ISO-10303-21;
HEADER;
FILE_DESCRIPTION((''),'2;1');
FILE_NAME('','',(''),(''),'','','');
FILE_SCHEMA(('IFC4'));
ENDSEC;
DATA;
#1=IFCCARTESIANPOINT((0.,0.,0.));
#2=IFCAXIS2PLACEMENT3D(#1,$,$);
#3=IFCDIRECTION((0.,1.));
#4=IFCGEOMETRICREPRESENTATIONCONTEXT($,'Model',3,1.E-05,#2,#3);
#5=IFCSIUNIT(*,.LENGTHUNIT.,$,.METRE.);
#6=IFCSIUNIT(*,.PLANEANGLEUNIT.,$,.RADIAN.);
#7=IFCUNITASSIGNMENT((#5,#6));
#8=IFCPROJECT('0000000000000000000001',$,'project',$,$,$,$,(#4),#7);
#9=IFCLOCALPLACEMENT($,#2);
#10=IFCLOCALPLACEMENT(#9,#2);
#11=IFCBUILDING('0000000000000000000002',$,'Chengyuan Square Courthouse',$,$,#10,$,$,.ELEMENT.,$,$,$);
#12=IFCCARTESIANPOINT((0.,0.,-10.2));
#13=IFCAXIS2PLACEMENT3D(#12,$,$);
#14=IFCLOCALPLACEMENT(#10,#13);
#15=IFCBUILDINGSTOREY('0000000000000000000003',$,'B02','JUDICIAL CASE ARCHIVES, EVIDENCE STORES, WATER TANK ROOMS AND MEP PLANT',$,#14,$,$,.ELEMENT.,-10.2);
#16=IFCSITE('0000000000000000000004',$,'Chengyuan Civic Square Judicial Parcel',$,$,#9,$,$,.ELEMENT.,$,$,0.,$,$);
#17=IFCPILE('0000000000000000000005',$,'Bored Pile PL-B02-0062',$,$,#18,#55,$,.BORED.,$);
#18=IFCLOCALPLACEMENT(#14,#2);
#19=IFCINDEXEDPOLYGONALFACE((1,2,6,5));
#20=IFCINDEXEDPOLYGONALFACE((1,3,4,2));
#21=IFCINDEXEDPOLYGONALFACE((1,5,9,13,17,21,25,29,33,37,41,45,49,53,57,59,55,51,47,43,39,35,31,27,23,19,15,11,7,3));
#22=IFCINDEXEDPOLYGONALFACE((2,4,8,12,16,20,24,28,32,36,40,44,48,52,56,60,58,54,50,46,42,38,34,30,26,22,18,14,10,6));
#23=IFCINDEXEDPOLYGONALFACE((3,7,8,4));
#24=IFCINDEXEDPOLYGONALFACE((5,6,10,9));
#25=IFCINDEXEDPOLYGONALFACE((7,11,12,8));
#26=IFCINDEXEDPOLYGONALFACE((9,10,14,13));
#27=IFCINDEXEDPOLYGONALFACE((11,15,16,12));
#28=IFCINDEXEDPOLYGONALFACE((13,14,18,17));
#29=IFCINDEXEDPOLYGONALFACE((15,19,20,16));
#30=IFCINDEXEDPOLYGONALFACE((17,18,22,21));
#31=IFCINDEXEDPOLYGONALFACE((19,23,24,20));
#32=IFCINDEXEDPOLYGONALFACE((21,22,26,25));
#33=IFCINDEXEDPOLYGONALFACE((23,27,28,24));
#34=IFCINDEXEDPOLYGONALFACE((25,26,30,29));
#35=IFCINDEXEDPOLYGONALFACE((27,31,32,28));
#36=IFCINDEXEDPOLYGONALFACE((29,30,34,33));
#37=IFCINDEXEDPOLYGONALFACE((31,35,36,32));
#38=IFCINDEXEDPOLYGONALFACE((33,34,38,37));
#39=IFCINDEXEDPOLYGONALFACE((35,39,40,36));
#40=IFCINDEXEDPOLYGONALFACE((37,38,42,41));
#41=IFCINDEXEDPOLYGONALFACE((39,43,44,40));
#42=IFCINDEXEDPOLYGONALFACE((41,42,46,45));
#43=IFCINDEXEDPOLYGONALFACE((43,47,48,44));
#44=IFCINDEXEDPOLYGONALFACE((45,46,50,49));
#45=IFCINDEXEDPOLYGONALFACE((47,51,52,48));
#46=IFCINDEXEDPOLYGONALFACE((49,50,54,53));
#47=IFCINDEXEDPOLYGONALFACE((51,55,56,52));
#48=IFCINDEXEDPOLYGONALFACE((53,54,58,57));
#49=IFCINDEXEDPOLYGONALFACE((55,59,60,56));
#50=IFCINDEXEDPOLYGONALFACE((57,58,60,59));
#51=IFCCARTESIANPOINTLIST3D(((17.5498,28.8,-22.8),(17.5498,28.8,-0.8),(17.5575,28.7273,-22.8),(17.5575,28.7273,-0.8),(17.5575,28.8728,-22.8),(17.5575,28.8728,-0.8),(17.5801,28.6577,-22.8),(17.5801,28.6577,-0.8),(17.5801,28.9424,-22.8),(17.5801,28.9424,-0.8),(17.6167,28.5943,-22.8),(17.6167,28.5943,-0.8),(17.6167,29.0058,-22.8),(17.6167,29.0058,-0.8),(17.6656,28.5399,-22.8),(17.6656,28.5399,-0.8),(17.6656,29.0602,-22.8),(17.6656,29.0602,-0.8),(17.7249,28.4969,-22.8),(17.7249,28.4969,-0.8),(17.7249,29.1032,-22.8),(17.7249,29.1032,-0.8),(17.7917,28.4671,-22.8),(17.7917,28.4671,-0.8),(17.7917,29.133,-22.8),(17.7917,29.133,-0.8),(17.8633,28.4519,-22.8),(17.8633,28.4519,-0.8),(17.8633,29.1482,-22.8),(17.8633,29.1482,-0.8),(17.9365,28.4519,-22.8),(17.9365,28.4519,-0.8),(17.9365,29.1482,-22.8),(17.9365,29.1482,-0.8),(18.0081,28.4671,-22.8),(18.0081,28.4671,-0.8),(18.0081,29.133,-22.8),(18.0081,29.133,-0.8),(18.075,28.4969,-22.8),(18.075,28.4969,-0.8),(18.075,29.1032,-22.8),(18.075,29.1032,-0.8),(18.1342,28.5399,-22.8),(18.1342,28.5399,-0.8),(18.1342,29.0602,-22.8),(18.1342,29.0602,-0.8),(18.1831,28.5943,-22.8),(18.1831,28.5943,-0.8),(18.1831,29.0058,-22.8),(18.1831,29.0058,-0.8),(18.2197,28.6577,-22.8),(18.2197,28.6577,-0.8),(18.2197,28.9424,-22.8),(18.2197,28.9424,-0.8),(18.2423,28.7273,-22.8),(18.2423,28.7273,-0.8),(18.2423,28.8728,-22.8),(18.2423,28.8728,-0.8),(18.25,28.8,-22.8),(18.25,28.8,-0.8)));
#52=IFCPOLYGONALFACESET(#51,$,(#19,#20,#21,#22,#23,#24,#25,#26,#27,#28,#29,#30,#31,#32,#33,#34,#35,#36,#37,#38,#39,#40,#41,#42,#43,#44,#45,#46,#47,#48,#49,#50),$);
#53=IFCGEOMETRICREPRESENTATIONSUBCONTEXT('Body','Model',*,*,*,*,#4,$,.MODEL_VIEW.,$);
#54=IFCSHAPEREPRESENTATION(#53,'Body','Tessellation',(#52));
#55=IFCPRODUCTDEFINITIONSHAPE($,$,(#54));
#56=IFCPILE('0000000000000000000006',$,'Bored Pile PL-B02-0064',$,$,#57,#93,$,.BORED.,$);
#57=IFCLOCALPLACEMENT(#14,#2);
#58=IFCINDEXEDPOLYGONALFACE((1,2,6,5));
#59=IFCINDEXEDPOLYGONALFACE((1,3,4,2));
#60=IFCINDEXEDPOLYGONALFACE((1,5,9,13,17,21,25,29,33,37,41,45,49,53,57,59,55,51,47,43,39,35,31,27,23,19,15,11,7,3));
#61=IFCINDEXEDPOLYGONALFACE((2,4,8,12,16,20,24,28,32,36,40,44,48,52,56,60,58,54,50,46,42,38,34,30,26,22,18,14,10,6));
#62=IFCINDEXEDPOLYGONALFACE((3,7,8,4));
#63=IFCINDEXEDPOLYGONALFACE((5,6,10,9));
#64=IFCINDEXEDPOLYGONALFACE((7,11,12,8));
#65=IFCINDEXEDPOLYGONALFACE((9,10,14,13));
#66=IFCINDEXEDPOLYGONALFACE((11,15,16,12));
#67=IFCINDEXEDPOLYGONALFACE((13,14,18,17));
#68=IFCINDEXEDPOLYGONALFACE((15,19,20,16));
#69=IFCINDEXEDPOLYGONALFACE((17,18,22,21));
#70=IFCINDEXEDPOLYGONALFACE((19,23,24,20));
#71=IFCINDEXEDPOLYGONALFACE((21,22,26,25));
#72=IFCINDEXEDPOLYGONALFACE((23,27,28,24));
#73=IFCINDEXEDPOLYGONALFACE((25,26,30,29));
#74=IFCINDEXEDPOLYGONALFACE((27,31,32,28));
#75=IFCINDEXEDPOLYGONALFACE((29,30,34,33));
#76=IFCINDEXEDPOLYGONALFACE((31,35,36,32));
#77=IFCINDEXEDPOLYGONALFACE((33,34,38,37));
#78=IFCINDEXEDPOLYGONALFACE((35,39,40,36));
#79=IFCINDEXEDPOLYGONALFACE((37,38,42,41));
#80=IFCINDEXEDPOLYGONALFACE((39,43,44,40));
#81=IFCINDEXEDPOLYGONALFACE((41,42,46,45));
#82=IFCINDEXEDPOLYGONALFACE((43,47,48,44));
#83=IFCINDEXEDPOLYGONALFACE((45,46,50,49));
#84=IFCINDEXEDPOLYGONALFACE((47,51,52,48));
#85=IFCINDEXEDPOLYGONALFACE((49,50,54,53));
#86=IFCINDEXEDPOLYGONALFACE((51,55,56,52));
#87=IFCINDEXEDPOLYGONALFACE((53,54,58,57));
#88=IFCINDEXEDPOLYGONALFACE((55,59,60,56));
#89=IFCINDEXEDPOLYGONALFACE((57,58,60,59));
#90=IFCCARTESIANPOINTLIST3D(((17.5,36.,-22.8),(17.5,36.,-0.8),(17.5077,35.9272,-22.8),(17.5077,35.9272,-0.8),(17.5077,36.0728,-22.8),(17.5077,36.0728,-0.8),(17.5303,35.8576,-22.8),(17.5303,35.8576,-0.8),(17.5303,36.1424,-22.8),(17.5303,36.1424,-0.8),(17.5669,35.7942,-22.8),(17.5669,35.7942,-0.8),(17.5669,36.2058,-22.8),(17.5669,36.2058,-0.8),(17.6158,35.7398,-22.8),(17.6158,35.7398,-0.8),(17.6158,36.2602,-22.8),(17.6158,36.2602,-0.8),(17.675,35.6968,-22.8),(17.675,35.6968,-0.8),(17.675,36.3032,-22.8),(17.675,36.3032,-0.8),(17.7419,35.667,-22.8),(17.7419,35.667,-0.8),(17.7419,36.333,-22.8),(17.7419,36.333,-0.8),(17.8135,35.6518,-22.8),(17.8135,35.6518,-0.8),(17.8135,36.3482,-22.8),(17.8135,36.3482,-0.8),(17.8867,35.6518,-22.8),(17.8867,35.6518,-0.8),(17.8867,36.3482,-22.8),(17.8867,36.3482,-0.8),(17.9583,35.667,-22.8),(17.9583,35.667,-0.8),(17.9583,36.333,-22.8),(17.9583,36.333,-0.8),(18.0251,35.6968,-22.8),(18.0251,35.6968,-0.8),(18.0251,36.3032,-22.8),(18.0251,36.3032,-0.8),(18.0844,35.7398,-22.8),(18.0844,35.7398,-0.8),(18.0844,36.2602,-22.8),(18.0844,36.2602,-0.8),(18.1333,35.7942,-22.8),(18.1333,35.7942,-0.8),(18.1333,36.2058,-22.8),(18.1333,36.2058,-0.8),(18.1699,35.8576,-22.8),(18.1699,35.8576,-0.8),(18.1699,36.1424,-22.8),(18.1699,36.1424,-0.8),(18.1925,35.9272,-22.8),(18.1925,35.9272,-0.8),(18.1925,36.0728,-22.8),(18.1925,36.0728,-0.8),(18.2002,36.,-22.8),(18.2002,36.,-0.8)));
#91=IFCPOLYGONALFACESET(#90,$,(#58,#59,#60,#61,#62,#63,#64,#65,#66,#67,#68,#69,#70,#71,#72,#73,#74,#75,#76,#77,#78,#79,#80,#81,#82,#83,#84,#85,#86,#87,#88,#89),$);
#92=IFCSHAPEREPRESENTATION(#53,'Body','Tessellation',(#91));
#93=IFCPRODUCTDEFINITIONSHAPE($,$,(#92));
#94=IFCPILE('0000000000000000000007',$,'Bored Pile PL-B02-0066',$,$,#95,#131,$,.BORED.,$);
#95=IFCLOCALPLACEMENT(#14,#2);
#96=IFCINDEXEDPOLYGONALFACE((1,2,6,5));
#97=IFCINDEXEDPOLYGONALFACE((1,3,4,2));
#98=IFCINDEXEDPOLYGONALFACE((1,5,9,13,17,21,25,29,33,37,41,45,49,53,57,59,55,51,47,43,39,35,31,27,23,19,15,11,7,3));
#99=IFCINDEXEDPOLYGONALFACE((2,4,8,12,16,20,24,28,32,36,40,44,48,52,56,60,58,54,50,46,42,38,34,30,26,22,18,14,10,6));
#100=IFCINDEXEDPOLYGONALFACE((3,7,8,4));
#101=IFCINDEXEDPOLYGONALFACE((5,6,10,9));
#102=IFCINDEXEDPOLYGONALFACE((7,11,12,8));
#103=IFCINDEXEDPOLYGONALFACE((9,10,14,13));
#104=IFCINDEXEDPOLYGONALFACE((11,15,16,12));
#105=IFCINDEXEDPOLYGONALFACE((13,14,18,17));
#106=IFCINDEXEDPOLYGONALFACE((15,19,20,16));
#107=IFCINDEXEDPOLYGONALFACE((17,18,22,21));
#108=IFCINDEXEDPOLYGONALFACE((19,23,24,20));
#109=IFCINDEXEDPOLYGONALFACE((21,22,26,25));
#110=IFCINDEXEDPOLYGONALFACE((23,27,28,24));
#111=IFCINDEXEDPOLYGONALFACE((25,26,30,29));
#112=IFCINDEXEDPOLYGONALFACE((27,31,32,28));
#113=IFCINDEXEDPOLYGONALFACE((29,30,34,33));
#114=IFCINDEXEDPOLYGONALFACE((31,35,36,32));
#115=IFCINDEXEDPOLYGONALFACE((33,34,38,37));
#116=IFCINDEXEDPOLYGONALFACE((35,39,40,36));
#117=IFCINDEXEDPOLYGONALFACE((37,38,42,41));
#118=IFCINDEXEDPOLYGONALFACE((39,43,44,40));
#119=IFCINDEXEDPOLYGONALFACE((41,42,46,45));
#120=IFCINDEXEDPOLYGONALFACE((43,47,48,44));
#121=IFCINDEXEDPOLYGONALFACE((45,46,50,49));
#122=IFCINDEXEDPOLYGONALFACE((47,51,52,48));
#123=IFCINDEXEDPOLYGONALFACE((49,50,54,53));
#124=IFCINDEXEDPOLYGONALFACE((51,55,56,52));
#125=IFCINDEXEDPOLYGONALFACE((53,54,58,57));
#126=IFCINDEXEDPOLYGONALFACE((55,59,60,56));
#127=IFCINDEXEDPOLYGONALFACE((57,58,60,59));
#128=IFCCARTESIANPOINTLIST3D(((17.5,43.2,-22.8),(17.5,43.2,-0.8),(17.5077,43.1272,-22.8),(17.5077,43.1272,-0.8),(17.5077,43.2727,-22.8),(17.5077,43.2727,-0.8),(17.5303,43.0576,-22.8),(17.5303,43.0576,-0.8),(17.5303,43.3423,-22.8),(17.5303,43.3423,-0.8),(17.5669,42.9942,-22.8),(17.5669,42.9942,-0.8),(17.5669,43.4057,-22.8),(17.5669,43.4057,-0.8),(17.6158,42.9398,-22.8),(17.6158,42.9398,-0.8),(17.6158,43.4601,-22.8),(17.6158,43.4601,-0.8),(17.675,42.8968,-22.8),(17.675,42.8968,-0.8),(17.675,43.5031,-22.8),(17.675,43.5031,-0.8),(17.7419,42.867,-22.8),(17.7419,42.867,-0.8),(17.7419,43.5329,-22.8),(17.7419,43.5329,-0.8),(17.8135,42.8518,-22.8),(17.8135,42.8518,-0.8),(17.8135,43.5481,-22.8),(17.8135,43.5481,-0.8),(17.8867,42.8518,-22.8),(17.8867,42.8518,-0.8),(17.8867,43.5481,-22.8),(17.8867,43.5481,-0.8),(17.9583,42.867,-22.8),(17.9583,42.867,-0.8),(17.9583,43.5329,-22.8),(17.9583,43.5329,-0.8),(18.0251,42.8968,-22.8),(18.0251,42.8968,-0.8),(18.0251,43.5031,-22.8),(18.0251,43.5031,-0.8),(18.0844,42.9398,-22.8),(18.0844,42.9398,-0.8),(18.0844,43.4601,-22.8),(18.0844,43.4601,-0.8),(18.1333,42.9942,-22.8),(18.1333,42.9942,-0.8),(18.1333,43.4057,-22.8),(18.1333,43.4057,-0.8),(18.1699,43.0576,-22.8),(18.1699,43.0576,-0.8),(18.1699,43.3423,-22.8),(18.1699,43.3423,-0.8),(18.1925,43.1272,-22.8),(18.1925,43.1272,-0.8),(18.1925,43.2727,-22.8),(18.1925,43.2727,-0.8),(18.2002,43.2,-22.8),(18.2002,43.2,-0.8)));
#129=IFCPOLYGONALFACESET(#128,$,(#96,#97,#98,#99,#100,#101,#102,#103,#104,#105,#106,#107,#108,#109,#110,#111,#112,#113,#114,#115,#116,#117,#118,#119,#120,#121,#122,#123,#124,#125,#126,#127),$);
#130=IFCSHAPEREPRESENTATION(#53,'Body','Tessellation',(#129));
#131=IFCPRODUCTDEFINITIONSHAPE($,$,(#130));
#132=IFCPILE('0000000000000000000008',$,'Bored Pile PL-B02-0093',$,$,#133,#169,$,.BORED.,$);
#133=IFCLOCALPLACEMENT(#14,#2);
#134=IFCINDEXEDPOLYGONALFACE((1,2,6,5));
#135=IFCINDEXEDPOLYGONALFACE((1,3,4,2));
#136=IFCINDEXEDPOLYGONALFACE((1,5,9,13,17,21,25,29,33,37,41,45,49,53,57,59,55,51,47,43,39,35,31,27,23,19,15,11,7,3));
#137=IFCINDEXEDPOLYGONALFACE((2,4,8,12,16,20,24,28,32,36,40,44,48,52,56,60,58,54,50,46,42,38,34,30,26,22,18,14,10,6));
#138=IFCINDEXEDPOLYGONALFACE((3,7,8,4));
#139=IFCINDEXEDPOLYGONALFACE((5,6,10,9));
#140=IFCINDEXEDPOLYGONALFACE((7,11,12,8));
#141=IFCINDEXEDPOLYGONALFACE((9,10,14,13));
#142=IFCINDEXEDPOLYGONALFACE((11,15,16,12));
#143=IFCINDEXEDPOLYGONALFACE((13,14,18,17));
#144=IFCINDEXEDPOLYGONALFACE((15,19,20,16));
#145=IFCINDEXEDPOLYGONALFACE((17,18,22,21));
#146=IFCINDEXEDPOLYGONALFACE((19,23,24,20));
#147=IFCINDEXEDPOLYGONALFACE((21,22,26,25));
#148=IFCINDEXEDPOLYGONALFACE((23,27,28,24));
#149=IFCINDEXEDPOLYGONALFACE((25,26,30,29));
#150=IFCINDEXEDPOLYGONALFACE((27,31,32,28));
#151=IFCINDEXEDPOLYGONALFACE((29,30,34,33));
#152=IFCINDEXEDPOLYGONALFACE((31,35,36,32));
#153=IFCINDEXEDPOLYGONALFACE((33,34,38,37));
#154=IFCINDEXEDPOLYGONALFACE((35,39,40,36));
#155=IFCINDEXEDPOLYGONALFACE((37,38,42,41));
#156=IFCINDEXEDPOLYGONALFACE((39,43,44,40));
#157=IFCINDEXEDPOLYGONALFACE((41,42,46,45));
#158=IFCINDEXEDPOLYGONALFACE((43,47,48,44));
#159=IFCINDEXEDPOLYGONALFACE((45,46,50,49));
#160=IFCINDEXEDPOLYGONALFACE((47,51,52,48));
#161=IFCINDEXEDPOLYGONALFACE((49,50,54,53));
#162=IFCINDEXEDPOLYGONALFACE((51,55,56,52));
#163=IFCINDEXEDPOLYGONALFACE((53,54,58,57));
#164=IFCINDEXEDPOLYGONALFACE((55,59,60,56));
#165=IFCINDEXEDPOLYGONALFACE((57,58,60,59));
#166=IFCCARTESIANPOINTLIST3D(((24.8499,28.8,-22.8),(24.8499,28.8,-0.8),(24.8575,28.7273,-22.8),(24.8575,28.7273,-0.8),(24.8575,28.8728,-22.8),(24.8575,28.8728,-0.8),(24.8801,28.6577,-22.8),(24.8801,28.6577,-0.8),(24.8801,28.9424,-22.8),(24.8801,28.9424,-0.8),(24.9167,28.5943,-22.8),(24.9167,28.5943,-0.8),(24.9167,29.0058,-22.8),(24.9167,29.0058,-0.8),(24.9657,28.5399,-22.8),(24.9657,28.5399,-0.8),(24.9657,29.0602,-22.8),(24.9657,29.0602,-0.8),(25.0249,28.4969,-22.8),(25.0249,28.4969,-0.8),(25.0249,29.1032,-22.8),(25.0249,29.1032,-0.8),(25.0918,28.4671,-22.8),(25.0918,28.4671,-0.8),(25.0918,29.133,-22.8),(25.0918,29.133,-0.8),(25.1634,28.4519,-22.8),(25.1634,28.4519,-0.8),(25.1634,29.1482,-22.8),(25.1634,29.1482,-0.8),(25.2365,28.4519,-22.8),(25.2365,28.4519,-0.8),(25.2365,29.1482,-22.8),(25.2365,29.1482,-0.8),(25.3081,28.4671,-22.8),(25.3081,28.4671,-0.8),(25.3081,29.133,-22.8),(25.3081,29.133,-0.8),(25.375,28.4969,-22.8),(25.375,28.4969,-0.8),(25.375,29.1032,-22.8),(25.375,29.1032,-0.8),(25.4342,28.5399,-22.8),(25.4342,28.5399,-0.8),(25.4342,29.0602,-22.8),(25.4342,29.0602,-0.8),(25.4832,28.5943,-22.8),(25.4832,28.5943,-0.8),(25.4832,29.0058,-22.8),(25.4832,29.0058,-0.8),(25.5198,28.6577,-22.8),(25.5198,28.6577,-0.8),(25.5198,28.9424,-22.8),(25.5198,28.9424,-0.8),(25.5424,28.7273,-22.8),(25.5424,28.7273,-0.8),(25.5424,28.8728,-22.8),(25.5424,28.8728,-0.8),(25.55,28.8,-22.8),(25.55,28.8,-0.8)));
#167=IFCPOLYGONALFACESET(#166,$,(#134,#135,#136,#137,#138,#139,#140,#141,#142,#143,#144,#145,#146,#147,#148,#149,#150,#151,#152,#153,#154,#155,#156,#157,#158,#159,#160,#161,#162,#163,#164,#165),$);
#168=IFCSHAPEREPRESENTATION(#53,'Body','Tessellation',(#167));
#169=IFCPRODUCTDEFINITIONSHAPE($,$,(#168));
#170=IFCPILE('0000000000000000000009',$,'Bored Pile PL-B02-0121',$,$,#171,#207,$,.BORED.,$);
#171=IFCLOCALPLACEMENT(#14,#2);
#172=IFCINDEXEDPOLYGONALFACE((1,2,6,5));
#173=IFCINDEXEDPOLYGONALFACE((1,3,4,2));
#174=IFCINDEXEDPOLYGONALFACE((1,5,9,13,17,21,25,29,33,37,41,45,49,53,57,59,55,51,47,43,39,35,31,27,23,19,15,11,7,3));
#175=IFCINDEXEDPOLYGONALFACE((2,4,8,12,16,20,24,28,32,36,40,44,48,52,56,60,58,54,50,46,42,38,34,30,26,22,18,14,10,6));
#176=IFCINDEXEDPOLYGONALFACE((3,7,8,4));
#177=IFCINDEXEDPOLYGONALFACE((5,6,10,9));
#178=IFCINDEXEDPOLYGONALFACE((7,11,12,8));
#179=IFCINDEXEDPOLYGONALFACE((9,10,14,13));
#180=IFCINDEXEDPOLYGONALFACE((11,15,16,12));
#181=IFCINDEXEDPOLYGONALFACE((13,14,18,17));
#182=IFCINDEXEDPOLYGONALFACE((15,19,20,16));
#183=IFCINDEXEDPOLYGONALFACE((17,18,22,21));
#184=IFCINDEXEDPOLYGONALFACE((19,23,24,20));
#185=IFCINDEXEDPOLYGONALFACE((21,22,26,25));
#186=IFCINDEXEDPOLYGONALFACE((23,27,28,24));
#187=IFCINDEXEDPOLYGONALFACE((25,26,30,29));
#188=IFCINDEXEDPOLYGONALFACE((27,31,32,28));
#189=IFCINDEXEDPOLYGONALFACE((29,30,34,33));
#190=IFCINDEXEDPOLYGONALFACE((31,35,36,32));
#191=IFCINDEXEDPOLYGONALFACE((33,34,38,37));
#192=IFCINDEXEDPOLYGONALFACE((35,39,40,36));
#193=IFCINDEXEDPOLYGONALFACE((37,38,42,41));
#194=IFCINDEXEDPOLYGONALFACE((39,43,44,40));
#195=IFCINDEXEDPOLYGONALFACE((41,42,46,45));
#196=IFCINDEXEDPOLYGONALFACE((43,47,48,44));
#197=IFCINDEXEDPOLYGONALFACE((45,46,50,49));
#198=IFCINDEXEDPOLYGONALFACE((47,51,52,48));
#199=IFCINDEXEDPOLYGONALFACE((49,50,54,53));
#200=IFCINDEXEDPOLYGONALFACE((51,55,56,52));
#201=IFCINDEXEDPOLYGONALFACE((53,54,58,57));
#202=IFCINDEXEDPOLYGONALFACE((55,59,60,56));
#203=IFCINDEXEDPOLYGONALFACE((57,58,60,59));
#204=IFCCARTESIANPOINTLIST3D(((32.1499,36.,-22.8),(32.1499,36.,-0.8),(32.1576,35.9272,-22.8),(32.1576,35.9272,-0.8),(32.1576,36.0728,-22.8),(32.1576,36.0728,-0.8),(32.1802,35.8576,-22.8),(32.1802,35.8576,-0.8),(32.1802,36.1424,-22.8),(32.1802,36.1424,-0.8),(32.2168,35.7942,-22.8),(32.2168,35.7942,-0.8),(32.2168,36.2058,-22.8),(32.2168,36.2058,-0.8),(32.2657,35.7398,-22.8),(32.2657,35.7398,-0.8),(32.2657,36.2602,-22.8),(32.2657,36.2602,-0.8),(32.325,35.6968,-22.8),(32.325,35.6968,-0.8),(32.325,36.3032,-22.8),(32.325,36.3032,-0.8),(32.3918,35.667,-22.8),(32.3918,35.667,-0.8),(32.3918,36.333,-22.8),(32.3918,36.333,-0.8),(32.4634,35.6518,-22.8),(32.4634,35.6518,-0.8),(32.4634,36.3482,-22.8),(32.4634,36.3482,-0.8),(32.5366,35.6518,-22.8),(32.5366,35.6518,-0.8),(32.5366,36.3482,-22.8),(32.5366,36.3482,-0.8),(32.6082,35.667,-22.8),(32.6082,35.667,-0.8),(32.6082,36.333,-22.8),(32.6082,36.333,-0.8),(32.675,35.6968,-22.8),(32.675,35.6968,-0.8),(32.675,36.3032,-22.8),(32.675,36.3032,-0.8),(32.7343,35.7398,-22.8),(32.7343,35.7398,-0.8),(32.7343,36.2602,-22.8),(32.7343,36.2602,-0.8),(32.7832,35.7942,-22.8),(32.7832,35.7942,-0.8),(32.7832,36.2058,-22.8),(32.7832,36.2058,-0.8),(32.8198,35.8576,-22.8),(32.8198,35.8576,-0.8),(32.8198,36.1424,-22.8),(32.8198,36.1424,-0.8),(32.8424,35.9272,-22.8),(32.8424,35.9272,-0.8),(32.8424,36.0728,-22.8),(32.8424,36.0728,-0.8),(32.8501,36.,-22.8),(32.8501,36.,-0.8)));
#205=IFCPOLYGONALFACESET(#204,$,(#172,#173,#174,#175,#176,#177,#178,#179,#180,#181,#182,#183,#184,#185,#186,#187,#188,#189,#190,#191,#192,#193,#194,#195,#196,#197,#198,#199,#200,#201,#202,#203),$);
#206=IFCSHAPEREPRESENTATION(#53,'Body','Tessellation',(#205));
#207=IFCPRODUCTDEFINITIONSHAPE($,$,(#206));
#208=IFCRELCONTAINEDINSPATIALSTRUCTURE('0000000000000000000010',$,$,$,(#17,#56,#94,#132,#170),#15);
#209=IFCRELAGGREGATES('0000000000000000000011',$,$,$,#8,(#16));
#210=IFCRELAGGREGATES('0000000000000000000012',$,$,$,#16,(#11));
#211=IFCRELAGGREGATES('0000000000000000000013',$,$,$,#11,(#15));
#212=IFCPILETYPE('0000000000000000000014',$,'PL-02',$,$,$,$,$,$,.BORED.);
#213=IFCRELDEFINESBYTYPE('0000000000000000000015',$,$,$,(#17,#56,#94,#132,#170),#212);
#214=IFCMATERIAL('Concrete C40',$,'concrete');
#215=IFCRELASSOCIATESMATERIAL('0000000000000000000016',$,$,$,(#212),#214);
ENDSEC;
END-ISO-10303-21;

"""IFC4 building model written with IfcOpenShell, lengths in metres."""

from ifc_helpers import new_model, si_unit, direction, frame, origin, origin_2d, place, context, subcontext, project, spatial, circle, extrude, material, material_profile, profile_set, type_object, element, save


model = new_model("IFC4")

# Units and contexts
model_context = context("Model", 3, precision=1e-05, world=origin(), true_north=direction((0.0, 1.0)))
body_context = subcontext(model_context, "Body", "Model", "MODEL_VIEW")
ifc_project = project(units=[si_unit("LENGTHUNIT", "METRE"), si_unit("PLANEANGLEUNIT", "RADIAN")], contexts=[model_context])

# Site, building, storey
site_placement = place(None, origin())
site = spatial("IfcSite", under=ifc_project, at=site_placement, Name="Chengyuan Civic Square Judicial Parcel", CompositionType="ELEMENT", RefElevation=0.0)
building_placement = place(site_placement, origin())
building = spatial("IfcBuilding", under=site, at=building_placement, Name="Chengyuan Square Courthouse", CompositionType="ELEMENT")
storey_placement = place(building_placement, frame((0.0, 0.0, -10.2)))
storey = spatial("IfcBuildingStorey", under=building, at=storey_placement, Name="B02", Description="JUDICIAL CASE ARCHIVES, EVIDENCE STORES, WATER TANK ROOMS AND MEP PLANT", CompositionType="ELEMENT", Elevation=-10.2)

# Shared definitions
ifc_material_1 = material(Name="Concrete C40", Category="concrete")

# Piles
ifc_material_profile_1 = material_profile(ifc_material_1, circle(Radius=0.3501, at=origin_2d()), Name="BORED PILE D700")
ifc_profile_set_1 = profile_set([ifc_material_profile_1], Name="Concrete C40")
pile_type_1 = type_object("IfcPileType", Name="PL-02", PredefinedType="BORED", material=ifc_profile_set_1)
for number, where, z_axis, x_axis, name in (
    (1, (17.8999, 28.8, -0.8), (0.0, 0.0, -1.0), (1.0, 0.0, 0.0), "Bored Pile PL-B02-0062"),
    (2, (17.8501, 36.0, -0.8), (0.0, 0.0, -1.0), (1.0, 0.0, 0.0), "Bored Pile PL-B02-0064"),
    (3, (17.8501, 43.2, -0.8), (0.0, 0.0, -1.0), (1.0, 0.0, 0.0), "Bored Pile PL-B02-0066"),
    (4, (25.2, 28.8, -0.8), (0.0, 0.0, -1.0), (1.0, 0.0, 0.0), "Bored Pile PL-B02-0093"),
    (5, (32.5, 36.0, -0.8), (0.0, 0.0, -1.0), (1.0, 0.0, 0.0), "Bored Pile PL-B02-0121"),
):
    element("IfcPile", number, at=place(storey_placement, frame(where, z_axis=z_axis, x_axis=x_axis)), inside=storey, type_object=pile_type_1, Name=name, PredefinedType="BORED", context=body_context, shape_type="SweptSolid", body=[
        extrude(circle(Radius=0.3501, at=origin_2d()), origin(), (0.0, 0.0, 1.0), 22.0),
    ])

save(model, "model.ifc")
